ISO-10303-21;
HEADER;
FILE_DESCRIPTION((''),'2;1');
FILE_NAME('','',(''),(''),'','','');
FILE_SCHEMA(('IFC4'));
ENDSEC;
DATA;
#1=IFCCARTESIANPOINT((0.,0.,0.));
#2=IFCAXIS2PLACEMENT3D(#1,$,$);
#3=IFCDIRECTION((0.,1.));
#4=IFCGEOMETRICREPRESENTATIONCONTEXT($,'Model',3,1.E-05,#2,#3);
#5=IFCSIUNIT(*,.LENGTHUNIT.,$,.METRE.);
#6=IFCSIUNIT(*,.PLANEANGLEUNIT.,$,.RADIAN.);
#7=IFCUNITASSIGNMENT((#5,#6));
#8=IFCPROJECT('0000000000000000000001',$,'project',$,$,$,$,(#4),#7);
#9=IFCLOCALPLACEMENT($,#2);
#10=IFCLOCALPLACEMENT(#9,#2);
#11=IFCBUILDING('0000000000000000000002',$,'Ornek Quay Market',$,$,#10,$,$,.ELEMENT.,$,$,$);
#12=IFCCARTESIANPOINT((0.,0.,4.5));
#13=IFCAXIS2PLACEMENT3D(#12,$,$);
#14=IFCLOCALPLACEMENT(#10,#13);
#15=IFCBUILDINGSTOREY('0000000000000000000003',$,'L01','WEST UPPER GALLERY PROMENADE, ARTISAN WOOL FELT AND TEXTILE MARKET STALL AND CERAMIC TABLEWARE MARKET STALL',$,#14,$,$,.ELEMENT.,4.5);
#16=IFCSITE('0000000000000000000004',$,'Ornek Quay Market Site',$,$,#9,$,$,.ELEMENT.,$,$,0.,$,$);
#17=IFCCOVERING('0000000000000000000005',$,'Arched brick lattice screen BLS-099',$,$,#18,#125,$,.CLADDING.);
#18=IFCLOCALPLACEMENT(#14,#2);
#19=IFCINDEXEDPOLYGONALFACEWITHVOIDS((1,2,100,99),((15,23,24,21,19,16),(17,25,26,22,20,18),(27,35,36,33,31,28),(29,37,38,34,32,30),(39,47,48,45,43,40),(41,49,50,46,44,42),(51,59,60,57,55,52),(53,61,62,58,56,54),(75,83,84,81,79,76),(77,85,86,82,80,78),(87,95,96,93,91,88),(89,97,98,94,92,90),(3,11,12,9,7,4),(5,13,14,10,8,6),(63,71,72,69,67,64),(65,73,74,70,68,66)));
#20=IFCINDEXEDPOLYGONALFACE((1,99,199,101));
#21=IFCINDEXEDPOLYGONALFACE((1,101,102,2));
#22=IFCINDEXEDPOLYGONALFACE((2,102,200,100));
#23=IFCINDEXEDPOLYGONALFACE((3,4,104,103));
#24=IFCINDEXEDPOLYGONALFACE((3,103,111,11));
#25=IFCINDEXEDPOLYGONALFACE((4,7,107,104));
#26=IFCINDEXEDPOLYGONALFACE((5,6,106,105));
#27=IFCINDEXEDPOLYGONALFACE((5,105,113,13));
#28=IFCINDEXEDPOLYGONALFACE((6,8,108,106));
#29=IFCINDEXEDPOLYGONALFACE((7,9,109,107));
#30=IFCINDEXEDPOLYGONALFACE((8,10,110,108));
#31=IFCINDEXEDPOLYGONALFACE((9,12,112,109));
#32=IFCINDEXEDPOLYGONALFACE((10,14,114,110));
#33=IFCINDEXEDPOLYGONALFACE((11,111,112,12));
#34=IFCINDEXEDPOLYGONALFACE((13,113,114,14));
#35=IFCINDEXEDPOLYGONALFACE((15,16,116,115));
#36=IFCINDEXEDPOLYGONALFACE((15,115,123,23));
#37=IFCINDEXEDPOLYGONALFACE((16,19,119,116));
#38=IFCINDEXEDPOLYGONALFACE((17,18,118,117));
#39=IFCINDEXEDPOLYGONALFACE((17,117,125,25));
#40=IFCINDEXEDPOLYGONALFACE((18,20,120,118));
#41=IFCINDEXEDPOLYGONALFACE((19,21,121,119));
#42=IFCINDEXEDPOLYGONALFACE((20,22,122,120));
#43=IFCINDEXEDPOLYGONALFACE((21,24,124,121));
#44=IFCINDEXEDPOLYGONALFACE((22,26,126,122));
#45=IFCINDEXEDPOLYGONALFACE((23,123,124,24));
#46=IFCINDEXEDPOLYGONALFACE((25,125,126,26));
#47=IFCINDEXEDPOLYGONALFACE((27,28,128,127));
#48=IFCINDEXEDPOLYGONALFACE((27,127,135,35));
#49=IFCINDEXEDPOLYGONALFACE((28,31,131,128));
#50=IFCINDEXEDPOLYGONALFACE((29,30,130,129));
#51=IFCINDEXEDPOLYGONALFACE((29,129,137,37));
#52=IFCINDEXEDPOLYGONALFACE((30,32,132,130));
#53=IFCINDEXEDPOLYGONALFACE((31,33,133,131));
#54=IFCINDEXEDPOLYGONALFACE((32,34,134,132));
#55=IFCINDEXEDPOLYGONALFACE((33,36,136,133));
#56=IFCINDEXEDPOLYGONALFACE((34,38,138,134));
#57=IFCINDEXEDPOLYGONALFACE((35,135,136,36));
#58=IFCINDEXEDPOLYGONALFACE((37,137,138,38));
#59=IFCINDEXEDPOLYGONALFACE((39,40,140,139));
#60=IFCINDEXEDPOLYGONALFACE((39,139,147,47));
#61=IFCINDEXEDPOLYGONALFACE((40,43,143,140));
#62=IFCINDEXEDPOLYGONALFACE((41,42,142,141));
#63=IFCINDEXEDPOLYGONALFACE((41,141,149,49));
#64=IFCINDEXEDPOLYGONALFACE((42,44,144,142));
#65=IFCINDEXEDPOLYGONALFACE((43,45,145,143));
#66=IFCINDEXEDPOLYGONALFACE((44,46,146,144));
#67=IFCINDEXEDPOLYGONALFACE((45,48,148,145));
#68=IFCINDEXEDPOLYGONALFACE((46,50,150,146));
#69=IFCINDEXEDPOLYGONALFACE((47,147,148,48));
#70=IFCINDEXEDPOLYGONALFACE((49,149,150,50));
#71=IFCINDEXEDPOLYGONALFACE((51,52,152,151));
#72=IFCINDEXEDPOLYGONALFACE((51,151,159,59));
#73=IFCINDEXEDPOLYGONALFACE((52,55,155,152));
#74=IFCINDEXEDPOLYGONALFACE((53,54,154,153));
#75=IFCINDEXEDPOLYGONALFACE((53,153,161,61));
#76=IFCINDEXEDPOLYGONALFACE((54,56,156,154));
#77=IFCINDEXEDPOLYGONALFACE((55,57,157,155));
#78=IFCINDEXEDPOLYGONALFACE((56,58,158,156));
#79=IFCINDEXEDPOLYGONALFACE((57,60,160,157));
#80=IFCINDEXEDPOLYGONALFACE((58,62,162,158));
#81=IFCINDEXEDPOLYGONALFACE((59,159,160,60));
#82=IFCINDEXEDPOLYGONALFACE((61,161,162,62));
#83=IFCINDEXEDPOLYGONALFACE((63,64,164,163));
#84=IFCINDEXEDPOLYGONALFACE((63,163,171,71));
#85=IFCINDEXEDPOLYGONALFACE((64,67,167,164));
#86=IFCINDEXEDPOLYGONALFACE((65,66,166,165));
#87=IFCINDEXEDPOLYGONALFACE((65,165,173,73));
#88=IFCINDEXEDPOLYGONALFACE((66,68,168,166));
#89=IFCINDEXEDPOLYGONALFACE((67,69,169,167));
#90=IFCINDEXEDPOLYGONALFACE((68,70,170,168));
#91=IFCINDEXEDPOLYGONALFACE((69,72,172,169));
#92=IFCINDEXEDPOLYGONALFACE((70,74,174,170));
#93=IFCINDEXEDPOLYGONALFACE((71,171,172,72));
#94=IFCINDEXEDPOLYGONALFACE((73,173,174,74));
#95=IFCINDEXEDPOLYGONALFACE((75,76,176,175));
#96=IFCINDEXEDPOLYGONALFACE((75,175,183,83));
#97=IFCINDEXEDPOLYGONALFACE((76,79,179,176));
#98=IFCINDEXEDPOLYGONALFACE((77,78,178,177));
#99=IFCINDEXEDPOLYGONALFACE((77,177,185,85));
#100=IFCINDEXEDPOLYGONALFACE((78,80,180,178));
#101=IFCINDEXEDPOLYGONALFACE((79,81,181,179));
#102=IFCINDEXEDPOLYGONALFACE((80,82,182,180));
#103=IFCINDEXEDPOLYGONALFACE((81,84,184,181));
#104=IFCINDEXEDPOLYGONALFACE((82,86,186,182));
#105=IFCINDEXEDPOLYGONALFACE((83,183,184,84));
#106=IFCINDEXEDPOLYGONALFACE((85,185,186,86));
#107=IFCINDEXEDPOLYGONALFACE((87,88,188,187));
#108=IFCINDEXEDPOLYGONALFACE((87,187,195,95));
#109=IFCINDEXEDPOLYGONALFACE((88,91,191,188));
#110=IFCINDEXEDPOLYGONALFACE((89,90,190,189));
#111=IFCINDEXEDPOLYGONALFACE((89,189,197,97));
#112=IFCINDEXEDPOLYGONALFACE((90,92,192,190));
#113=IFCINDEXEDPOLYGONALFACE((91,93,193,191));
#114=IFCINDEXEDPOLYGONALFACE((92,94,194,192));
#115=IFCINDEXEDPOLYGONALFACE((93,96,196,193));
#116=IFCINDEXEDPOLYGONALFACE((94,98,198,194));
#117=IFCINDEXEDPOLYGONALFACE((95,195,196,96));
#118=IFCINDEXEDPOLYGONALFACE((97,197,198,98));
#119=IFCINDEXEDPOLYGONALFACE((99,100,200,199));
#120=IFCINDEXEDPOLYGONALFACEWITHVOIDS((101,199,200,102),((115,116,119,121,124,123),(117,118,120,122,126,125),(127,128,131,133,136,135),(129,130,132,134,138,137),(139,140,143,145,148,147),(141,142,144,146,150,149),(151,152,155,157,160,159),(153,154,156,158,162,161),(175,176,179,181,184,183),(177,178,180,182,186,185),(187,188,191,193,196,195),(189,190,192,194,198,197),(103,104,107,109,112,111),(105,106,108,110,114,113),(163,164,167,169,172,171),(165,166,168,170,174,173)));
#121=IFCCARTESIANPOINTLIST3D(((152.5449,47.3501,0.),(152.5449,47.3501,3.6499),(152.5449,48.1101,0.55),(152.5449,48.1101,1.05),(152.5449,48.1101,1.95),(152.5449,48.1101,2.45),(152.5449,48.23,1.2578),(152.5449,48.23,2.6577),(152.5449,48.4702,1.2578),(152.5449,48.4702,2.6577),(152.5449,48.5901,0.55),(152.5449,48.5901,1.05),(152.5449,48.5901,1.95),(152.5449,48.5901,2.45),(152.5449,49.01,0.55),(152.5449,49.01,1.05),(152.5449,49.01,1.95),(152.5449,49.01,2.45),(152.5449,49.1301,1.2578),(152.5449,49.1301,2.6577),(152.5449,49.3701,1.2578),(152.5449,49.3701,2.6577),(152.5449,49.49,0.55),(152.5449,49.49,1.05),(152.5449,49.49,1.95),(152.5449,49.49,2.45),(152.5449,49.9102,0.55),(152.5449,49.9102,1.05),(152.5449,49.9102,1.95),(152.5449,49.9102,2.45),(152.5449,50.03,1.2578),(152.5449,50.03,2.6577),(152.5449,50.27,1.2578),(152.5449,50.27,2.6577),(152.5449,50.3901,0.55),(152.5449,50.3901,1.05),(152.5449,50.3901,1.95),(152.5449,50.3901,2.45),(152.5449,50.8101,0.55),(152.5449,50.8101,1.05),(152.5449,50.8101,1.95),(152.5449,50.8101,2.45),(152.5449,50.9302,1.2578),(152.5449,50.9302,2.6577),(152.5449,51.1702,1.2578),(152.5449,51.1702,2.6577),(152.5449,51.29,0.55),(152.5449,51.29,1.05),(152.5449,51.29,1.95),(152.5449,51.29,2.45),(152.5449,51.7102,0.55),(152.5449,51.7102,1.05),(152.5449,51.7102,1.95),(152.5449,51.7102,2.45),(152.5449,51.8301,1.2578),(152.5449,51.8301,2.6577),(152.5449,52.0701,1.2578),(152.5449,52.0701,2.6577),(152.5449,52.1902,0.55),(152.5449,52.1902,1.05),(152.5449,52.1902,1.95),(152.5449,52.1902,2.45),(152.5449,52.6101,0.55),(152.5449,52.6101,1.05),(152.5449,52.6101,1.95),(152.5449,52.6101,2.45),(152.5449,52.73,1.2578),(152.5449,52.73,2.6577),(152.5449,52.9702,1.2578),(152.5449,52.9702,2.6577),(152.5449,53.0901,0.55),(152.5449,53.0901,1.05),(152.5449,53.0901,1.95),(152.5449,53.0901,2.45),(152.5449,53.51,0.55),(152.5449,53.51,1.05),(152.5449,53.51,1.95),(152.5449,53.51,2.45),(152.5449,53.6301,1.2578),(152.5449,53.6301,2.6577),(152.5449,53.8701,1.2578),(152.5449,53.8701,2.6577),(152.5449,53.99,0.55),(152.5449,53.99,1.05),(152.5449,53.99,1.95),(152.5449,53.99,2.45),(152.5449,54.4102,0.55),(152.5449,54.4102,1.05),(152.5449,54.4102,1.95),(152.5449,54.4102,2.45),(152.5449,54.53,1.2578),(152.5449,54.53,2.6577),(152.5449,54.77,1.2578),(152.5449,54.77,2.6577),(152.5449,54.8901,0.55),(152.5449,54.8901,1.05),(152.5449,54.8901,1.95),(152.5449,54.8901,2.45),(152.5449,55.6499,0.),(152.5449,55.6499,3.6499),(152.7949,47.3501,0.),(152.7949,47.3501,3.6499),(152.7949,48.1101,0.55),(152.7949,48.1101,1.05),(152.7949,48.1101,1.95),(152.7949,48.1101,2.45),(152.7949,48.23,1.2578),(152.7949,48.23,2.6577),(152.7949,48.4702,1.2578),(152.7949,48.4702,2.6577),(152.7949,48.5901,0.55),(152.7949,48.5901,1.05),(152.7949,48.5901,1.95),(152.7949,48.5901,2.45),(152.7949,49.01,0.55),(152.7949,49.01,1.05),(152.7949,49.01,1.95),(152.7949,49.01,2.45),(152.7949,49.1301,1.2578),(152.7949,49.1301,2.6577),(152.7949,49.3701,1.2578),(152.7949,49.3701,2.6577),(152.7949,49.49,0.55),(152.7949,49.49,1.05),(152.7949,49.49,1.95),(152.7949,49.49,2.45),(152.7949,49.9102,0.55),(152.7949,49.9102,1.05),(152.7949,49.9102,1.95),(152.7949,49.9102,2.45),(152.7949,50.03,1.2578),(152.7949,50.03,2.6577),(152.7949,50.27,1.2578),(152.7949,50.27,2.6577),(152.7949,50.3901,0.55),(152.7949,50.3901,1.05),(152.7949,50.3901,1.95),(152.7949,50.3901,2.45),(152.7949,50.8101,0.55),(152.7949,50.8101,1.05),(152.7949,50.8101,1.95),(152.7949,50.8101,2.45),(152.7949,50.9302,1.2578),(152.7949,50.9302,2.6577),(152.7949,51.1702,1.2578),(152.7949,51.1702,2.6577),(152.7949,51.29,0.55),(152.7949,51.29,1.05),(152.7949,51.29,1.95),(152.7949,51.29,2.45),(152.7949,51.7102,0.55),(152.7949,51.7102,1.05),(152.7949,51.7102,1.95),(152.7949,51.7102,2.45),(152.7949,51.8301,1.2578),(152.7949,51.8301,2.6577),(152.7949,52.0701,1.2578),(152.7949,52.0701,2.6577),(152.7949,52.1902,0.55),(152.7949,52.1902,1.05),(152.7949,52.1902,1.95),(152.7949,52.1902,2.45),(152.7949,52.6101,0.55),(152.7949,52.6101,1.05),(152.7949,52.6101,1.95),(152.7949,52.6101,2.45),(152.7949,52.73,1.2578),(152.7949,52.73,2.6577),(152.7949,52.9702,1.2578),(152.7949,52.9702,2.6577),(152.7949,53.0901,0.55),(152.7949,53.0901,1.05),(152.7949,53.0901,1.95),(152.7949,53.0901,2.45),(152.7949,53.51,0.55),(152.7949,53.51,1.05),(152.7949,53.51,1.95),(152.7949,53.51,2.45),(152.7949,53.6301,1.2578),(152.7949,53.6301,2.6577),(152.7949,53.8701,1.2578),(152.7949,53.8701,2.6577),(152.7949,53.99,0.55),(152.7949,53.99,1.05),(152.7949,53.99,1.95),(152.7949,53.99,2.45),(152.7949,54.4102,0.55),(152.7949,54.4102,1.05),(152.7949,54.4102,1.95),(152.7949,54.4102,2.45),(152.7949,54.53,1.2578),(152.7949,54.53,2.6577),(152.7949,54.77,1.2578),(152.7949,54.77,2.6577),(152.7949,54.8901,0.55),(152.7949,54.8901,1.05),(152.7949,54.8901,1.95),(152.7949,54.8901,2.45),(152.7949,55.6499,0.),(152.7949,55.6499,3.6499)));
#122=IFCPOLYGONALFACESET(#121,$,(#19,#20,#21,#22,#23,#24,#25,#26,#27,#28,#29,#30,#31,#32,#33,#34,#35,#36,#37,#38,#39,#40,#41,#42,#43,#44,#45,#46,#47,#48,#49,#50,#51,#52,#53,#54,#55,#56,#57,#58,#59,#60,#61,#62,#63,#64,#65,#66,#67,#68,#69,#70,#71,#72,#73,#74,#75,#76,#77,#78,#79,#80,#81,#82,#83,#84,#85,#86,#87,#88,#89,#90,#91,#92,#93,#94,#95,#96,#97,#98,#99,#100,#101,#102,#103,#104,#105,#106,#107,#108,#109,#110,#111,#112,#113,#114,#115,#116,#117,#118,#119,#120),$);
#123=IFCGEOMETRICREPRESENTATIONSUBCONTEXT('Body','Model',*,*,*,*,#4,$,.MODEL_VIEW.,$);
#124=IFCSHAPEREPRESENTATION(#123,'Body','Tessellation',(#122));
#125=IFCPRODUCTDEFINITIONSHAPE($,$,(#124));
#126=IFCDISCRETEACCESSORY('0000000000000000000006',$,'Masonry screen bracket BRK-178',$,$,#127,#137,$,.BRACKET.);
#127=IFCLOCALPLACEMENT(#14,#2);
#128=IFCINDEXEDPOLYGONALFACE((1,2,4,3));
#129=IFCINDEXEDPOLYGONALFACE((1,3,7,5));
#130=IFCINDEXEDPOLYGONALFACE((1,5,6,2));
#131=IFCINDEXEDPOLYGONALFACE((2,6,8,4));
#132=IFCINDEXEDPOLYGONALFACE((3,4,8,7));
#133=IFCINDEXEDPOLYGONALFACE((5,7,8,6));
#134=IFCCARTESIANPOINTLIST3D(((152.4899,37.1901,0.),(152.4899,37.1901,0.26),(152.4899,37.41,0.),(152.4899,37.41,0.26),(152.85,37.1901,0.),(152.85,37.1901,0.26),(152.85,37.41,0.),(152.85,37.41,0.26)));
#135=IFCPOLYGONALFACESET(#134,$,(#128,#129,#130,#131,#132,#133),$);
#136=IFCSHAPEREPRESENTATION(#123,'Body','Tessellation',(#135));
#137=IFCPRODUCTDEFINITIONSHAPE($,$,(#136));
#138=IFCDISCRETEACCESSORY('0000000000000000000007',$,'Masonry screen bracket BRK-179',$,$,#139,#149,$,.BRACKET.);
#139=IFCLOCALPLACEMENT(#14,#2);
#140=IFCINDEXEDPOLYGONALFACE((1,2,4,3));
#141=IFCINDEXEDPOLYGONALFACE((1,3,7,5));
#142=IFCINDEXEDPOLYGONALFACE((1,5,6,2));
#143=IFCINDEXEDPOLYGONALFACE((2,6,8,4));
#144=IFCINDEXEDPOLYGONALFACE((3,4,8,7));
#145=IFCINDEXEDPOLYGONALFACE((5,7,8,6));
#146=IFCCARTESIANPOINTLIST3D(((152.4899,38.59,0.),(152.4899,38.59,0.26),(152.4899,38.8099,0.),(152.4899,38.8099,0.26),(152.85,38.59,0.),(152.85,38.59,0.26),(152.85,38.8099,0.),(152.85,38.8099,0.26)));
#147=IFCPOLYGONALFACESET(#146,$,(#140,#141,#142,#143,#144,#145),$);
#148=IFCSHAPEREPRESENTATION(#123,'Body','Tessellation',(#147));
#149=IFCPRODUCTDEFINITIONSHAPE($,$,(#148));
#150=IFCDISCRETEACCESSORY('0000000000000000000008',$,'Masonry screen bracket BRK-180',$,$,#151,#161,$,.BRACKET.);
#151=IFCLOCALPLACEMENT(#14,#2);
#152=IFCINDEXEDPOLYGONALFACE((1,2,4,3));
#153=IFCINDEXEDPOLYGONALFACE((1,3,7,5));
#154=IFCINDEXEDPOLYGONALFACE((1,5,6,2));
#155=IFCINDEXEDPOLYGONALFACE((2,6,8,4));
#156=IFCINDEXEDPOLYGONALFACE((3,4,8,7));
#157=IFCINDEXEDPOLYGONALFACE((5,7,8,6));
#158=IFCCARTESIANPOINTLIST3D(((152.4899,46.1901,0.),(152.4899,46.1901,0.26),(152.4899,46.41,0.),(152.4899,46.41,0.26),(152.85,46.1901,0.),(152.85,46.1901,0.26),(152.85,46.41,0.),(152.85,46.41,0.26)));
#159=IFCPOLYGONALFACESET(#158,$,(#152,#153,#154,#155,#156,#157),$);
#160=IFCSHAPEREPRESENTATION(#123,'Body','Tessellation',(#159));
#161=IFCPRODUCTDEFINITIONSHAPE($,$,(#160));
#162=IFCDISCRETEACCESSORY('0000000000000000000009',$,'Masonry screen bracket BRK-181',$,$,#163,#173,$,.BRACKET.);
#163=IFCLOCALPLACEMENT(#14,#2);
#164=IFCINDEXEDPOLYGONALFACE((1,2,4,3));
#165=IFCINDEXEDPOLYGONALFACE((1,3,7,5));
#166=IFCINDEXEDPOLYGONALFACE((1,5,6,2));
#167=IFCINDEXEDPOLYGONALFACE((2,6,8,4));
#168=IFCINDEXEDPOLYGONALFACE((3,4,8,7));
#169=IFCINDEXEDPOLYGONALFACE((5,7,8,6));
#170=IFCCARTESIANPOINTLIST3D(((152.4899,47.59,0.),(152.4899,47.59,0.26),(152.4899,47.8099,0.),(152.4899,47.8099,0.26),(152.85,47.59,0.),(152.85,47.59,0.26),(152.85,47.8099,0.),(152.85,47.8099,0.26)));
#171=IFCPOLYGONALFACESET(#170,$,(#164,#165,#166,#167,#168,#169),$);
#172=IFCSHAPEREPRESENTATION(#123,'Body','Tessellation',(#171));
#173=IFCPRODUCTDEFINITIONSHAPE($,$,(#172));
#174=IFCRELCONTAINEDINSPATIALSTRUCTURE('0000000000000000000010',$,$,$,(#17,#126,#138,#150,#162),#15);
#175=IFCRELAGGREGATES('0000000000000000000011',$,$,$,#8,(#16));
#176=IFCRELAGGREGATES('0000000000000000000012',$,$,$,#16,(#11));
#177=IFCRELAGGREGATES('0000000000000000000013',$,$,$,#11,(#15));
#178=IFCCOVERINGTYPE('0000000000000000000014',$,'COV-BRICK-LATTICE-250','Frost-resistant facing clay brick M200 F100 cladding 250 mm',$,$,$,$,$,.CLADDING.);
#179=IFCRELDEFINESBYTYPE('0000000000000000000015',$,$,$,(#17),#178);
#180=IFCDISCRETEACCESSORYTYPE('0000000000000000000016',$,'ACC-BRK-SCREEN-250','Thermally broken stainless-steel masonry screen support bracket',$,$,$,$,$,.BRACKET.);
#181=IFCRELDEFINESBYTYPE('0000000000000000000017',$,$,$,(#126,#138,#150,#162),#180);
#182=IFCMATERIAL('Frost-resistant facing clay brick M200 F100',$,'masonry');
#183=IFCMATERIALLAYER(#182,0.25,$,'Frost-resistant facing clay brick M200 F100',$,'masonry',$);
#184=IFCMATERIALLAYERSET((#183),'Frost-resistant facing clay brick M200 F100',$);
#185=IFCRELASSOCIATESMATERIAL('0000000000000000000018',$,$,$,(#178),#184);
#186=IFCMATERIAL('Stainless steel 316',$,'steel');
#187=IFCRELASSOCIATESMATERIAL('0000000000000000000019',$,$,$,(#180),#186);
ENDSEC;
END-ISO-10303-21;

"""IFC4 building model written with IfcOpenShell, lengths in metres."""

from ifc_helpers import new_model, si_unit, direction, frame, origin, origin_2d, place, context, subcontext, project, spatial, polyline, rectangle, outline, extrude, material, layer, layer_set, type_object, element, save


model = new_model("IFC4")

# Units and contexts
model_context = context("Model", 3, precision=1e-05, world=origin(), true_north=direction((0.0, 1.0)))
body_context = subcontext(model_context, "Body", "Model", "MODEL_VIEW")
ifc_project = project(units=[si_unit("LENGTHUNIT", "METRE"), si_unit("PLANEANGLEUNIT", "RADIAN")], contexts=[model_context])

# Site, building, storey
site_placement = place(None, origin())
site = spatial("IfcSite", under=ifc_project, at=site_placement, Name="Ornek Quay Market Site", CompositionType="ELEMENT", RefElevation=0.0)
building_placement = place(site_placement, origin())
building = spatial("IfcBuilding", under=site, at=building_placement, Name="Ornek Quay Market", CompositionType="ELEMENT")
storey_placement = place(building_placement, frame((0.0, 0.0, 4.5)))
storey = spatial("IfcBuildingStorey", under=building, at=storey_placement, Name="L01", Description="WEST UPPER GALLERY PROMENADE, ARTISAN WOOL FELT AND TEXTILE MARKET STALL AND CERAMIC TABLEWARE MARKET STALL", CompositionType="ELEMENT", Elevation=4.5)

# Shared definitions
ifc_material_1 = material(Name="Frost-resistant facing clay brick M200 F100", Category="masonry")

# Covering
ifc_layer_1 = layer(ifc_material_1, 0.25, Name="Frost-resistant facing clay brick M200 F100", Category="masonry")
ifc_layer_set_1 = layer_set([ifc_layer_1], Name="Frost-resistant facing clay brick M200 F100")
covering_type = type_object("IfcCoveringType", Name="COV-BRICK-LATTICE-250", Description="Frost-resistant facing clay brick M200 F100 cladding 250 mm", PredefinedType="CLADDING", material=ifc_layer_set_1)
covering_1_placement = place(storey_placement, frame((152.6699, 47.3501, 0.0), z_axis=(0.0, 0.0, 1.0), x_axis=(0.0, 1.0, 0.0)))
element("IfcCovering", 1, at=covering_1_placement, inside=storey, type_object=covering_type, Name="Arched brick lattice screen BLS-099", PredefinedType="CLADDING", context=body_context, shape_type="SweptSolid", body=[
    extrude(outline(polyline([(0.0, 0.0), (8.2998, 0.0), (8.2998, 3.6499), (0.0, 3.6499), (0.0, 0.0)]), holes=[polyline([(0.76, 0.55), (1.24, 0.55), (1.24, 1.05), (1.1201, 1.2578), (0.8799, 1.2578), (0.76, 1.05), (0.76, 0.55)]), polyline([(0.76, 1.95), (1.24, 1.95), (1.24, 2.45), (1.1201, 2.6577), (0.8799, 2.6577), (0.76, 2.45), (0.76, 1.95)]), polyline([(1.6599, 0.55), (2.1399, 0.55), (2.1399, 1.05), (2.02, 1.2578), (1.78, 1.2578), (1.6599, 1.05), (1.6599, 0.55)]), polyline([(1.6599, 1.95), (2.1399, 1.95), (2.1399, 2.45), (2.02, 2.6577), (1.78, 2.6577), (1.6599, 2.45), (1.6599, 1.95)]), polyline([(2.5601, 0.55), (3.04, 0.55), (3.04, 1.05), (2.9199, 1.2578), (2.6799, 1.2578), (2.5601, 1.05), (2.5601, 0.55)]), polyline([(2.5601, 1.95), (3.04, 1.95), (3.04, 2.45), (2.9199, 2.6577), (2.6799, 2.6577), (2.5601, 2.45), (2.5601, 1.95)]), polyline([(3.46, 0.55), (3.9399, 0.55), (3.9399, 1.05), (3.8201, 1.2578), (3.5801, 1.2578), (3.46, 1.05), (3.46, 0.55)]), polyline([(3.46, 1.95), (3.9399, 1.95), (3.9399, 2.45), (3.8201, 2.6577), (3.5801, 2.6577), (3.46, 2.45), (3.46, 1.95)]), polyline([(4.3601, 0.55), (4.8401, 0.55), (4.8401, 1.05), (4.72, 1.2578), (4.48, 1.2578), (4.3601, 1.05), (4.3601, 0.55)]), polyline([(4.3601, 1.95), (4.8401, 1.95), (4.8401, 2.45), (4.72, 2.6577), (4.48, 2.6577), (4.3601, 2.45), (4.3601, 1.95)]), polyline([(5.26, 0.55), (5.74, 0.55), (5.74, 1.05), (5.6201, 1.2578), (5.3799, 1.2578), (5.26, 1.05), (5.26, 0.55)]), polyline([(5.26, 1.95), (5.74, 1.95), (5.74, 2.45), (5.6201, 2.6577), (5.3799, 2.6577), (5.26, 2.45), (5.26, 1.95)]), polyline([(6.1599, 0.55), (6.6399, 0.55), (6.6399, 1.05), (6.52, 1.2578), (6.28, 1.2578), (6.1599, 1.05), (6.1599, 0.55)]), polyline([(6.1599, 1.95), (6.6399, 1.95), (6.6399, 2.45), (6.52, 2.6577), (6.28, 2.6577), (6.1599, 2.45), (6.1599, 1.95)]), polyline([(7.0601, 0.55), (7.54, 0.55), (7.54, 1.05), (7.4199, 1.2578), (7.1799, 1.2578), (7.0601, 1.05), (7.0601, 0.55)]), polyline([(7.0601, 1.95), (7.54, 1.95), (7.54, 2.45), (7.4199, 2.6577), (7.1799, 2.6577), (7.0601, 2.45), (7.0601, 1.95)])]), frame((0.0, 0.125, 0.0), z_axis=(0.0, -1.0, 0.0), x_axis=(1.0, 0.0, 0.0)), (0.0, 0.0, 1.0), 0.25),
])

# Discrete accessories
ifc_material_2 = material(Name="Stainless steel 316", Category="steel")
discrete_accessory_type = type_object("IfcDiscreteAccessoryType", Name="ACC-BRK-SCREEN-250", Description="Thermally broken stainless-steel masonry screen support bracket", PredefinedType="BRACKET", material=ifc_material_2)
for number, where, z_axis, x_axis, name in (
    (2, (152.6699, 37.3, 0.0), (0.0, 0.0, 1.0), (0.0, 1.0, 0.0), "Masonry screen bracket BRK-178"),
    (3, (152.6699, 38.7, 0.0), (0.0, 0.0, 1.0), (0.0, 1.0, 0.0), "Masonry screen bracket BRK-179"),
    (4, (152.6699, 46.3, 0.0), (0.0, 0.0, 1.0), (0.0, 1.0, 0.0), "Masonry screen bracket BRK-180"),
    (5, (152.6699, 47.7, 0.0), (0.0, 0.0, 1.0), (0.0, 1.0, 0.0), "Masonry screen bracket BRK-181"),
):
    element("IfcDiscreteAccessory", number, at=place(storey_placement, frame(where, z_axis=z_axis, x_axis=x_axis)), inside=storey, type_object=discrete_accessory_type, Name=name, PredefinedType="BRACKET", context=body_context, shape_type="SweptSolid", body=[
        extrude(rectangle(XDim=0.22, YDim=0.3601, at=origin_2d()), origin(), (0.0, 0.0, 1.0), 0.26),
    ])

save(model, "model.ifc")
